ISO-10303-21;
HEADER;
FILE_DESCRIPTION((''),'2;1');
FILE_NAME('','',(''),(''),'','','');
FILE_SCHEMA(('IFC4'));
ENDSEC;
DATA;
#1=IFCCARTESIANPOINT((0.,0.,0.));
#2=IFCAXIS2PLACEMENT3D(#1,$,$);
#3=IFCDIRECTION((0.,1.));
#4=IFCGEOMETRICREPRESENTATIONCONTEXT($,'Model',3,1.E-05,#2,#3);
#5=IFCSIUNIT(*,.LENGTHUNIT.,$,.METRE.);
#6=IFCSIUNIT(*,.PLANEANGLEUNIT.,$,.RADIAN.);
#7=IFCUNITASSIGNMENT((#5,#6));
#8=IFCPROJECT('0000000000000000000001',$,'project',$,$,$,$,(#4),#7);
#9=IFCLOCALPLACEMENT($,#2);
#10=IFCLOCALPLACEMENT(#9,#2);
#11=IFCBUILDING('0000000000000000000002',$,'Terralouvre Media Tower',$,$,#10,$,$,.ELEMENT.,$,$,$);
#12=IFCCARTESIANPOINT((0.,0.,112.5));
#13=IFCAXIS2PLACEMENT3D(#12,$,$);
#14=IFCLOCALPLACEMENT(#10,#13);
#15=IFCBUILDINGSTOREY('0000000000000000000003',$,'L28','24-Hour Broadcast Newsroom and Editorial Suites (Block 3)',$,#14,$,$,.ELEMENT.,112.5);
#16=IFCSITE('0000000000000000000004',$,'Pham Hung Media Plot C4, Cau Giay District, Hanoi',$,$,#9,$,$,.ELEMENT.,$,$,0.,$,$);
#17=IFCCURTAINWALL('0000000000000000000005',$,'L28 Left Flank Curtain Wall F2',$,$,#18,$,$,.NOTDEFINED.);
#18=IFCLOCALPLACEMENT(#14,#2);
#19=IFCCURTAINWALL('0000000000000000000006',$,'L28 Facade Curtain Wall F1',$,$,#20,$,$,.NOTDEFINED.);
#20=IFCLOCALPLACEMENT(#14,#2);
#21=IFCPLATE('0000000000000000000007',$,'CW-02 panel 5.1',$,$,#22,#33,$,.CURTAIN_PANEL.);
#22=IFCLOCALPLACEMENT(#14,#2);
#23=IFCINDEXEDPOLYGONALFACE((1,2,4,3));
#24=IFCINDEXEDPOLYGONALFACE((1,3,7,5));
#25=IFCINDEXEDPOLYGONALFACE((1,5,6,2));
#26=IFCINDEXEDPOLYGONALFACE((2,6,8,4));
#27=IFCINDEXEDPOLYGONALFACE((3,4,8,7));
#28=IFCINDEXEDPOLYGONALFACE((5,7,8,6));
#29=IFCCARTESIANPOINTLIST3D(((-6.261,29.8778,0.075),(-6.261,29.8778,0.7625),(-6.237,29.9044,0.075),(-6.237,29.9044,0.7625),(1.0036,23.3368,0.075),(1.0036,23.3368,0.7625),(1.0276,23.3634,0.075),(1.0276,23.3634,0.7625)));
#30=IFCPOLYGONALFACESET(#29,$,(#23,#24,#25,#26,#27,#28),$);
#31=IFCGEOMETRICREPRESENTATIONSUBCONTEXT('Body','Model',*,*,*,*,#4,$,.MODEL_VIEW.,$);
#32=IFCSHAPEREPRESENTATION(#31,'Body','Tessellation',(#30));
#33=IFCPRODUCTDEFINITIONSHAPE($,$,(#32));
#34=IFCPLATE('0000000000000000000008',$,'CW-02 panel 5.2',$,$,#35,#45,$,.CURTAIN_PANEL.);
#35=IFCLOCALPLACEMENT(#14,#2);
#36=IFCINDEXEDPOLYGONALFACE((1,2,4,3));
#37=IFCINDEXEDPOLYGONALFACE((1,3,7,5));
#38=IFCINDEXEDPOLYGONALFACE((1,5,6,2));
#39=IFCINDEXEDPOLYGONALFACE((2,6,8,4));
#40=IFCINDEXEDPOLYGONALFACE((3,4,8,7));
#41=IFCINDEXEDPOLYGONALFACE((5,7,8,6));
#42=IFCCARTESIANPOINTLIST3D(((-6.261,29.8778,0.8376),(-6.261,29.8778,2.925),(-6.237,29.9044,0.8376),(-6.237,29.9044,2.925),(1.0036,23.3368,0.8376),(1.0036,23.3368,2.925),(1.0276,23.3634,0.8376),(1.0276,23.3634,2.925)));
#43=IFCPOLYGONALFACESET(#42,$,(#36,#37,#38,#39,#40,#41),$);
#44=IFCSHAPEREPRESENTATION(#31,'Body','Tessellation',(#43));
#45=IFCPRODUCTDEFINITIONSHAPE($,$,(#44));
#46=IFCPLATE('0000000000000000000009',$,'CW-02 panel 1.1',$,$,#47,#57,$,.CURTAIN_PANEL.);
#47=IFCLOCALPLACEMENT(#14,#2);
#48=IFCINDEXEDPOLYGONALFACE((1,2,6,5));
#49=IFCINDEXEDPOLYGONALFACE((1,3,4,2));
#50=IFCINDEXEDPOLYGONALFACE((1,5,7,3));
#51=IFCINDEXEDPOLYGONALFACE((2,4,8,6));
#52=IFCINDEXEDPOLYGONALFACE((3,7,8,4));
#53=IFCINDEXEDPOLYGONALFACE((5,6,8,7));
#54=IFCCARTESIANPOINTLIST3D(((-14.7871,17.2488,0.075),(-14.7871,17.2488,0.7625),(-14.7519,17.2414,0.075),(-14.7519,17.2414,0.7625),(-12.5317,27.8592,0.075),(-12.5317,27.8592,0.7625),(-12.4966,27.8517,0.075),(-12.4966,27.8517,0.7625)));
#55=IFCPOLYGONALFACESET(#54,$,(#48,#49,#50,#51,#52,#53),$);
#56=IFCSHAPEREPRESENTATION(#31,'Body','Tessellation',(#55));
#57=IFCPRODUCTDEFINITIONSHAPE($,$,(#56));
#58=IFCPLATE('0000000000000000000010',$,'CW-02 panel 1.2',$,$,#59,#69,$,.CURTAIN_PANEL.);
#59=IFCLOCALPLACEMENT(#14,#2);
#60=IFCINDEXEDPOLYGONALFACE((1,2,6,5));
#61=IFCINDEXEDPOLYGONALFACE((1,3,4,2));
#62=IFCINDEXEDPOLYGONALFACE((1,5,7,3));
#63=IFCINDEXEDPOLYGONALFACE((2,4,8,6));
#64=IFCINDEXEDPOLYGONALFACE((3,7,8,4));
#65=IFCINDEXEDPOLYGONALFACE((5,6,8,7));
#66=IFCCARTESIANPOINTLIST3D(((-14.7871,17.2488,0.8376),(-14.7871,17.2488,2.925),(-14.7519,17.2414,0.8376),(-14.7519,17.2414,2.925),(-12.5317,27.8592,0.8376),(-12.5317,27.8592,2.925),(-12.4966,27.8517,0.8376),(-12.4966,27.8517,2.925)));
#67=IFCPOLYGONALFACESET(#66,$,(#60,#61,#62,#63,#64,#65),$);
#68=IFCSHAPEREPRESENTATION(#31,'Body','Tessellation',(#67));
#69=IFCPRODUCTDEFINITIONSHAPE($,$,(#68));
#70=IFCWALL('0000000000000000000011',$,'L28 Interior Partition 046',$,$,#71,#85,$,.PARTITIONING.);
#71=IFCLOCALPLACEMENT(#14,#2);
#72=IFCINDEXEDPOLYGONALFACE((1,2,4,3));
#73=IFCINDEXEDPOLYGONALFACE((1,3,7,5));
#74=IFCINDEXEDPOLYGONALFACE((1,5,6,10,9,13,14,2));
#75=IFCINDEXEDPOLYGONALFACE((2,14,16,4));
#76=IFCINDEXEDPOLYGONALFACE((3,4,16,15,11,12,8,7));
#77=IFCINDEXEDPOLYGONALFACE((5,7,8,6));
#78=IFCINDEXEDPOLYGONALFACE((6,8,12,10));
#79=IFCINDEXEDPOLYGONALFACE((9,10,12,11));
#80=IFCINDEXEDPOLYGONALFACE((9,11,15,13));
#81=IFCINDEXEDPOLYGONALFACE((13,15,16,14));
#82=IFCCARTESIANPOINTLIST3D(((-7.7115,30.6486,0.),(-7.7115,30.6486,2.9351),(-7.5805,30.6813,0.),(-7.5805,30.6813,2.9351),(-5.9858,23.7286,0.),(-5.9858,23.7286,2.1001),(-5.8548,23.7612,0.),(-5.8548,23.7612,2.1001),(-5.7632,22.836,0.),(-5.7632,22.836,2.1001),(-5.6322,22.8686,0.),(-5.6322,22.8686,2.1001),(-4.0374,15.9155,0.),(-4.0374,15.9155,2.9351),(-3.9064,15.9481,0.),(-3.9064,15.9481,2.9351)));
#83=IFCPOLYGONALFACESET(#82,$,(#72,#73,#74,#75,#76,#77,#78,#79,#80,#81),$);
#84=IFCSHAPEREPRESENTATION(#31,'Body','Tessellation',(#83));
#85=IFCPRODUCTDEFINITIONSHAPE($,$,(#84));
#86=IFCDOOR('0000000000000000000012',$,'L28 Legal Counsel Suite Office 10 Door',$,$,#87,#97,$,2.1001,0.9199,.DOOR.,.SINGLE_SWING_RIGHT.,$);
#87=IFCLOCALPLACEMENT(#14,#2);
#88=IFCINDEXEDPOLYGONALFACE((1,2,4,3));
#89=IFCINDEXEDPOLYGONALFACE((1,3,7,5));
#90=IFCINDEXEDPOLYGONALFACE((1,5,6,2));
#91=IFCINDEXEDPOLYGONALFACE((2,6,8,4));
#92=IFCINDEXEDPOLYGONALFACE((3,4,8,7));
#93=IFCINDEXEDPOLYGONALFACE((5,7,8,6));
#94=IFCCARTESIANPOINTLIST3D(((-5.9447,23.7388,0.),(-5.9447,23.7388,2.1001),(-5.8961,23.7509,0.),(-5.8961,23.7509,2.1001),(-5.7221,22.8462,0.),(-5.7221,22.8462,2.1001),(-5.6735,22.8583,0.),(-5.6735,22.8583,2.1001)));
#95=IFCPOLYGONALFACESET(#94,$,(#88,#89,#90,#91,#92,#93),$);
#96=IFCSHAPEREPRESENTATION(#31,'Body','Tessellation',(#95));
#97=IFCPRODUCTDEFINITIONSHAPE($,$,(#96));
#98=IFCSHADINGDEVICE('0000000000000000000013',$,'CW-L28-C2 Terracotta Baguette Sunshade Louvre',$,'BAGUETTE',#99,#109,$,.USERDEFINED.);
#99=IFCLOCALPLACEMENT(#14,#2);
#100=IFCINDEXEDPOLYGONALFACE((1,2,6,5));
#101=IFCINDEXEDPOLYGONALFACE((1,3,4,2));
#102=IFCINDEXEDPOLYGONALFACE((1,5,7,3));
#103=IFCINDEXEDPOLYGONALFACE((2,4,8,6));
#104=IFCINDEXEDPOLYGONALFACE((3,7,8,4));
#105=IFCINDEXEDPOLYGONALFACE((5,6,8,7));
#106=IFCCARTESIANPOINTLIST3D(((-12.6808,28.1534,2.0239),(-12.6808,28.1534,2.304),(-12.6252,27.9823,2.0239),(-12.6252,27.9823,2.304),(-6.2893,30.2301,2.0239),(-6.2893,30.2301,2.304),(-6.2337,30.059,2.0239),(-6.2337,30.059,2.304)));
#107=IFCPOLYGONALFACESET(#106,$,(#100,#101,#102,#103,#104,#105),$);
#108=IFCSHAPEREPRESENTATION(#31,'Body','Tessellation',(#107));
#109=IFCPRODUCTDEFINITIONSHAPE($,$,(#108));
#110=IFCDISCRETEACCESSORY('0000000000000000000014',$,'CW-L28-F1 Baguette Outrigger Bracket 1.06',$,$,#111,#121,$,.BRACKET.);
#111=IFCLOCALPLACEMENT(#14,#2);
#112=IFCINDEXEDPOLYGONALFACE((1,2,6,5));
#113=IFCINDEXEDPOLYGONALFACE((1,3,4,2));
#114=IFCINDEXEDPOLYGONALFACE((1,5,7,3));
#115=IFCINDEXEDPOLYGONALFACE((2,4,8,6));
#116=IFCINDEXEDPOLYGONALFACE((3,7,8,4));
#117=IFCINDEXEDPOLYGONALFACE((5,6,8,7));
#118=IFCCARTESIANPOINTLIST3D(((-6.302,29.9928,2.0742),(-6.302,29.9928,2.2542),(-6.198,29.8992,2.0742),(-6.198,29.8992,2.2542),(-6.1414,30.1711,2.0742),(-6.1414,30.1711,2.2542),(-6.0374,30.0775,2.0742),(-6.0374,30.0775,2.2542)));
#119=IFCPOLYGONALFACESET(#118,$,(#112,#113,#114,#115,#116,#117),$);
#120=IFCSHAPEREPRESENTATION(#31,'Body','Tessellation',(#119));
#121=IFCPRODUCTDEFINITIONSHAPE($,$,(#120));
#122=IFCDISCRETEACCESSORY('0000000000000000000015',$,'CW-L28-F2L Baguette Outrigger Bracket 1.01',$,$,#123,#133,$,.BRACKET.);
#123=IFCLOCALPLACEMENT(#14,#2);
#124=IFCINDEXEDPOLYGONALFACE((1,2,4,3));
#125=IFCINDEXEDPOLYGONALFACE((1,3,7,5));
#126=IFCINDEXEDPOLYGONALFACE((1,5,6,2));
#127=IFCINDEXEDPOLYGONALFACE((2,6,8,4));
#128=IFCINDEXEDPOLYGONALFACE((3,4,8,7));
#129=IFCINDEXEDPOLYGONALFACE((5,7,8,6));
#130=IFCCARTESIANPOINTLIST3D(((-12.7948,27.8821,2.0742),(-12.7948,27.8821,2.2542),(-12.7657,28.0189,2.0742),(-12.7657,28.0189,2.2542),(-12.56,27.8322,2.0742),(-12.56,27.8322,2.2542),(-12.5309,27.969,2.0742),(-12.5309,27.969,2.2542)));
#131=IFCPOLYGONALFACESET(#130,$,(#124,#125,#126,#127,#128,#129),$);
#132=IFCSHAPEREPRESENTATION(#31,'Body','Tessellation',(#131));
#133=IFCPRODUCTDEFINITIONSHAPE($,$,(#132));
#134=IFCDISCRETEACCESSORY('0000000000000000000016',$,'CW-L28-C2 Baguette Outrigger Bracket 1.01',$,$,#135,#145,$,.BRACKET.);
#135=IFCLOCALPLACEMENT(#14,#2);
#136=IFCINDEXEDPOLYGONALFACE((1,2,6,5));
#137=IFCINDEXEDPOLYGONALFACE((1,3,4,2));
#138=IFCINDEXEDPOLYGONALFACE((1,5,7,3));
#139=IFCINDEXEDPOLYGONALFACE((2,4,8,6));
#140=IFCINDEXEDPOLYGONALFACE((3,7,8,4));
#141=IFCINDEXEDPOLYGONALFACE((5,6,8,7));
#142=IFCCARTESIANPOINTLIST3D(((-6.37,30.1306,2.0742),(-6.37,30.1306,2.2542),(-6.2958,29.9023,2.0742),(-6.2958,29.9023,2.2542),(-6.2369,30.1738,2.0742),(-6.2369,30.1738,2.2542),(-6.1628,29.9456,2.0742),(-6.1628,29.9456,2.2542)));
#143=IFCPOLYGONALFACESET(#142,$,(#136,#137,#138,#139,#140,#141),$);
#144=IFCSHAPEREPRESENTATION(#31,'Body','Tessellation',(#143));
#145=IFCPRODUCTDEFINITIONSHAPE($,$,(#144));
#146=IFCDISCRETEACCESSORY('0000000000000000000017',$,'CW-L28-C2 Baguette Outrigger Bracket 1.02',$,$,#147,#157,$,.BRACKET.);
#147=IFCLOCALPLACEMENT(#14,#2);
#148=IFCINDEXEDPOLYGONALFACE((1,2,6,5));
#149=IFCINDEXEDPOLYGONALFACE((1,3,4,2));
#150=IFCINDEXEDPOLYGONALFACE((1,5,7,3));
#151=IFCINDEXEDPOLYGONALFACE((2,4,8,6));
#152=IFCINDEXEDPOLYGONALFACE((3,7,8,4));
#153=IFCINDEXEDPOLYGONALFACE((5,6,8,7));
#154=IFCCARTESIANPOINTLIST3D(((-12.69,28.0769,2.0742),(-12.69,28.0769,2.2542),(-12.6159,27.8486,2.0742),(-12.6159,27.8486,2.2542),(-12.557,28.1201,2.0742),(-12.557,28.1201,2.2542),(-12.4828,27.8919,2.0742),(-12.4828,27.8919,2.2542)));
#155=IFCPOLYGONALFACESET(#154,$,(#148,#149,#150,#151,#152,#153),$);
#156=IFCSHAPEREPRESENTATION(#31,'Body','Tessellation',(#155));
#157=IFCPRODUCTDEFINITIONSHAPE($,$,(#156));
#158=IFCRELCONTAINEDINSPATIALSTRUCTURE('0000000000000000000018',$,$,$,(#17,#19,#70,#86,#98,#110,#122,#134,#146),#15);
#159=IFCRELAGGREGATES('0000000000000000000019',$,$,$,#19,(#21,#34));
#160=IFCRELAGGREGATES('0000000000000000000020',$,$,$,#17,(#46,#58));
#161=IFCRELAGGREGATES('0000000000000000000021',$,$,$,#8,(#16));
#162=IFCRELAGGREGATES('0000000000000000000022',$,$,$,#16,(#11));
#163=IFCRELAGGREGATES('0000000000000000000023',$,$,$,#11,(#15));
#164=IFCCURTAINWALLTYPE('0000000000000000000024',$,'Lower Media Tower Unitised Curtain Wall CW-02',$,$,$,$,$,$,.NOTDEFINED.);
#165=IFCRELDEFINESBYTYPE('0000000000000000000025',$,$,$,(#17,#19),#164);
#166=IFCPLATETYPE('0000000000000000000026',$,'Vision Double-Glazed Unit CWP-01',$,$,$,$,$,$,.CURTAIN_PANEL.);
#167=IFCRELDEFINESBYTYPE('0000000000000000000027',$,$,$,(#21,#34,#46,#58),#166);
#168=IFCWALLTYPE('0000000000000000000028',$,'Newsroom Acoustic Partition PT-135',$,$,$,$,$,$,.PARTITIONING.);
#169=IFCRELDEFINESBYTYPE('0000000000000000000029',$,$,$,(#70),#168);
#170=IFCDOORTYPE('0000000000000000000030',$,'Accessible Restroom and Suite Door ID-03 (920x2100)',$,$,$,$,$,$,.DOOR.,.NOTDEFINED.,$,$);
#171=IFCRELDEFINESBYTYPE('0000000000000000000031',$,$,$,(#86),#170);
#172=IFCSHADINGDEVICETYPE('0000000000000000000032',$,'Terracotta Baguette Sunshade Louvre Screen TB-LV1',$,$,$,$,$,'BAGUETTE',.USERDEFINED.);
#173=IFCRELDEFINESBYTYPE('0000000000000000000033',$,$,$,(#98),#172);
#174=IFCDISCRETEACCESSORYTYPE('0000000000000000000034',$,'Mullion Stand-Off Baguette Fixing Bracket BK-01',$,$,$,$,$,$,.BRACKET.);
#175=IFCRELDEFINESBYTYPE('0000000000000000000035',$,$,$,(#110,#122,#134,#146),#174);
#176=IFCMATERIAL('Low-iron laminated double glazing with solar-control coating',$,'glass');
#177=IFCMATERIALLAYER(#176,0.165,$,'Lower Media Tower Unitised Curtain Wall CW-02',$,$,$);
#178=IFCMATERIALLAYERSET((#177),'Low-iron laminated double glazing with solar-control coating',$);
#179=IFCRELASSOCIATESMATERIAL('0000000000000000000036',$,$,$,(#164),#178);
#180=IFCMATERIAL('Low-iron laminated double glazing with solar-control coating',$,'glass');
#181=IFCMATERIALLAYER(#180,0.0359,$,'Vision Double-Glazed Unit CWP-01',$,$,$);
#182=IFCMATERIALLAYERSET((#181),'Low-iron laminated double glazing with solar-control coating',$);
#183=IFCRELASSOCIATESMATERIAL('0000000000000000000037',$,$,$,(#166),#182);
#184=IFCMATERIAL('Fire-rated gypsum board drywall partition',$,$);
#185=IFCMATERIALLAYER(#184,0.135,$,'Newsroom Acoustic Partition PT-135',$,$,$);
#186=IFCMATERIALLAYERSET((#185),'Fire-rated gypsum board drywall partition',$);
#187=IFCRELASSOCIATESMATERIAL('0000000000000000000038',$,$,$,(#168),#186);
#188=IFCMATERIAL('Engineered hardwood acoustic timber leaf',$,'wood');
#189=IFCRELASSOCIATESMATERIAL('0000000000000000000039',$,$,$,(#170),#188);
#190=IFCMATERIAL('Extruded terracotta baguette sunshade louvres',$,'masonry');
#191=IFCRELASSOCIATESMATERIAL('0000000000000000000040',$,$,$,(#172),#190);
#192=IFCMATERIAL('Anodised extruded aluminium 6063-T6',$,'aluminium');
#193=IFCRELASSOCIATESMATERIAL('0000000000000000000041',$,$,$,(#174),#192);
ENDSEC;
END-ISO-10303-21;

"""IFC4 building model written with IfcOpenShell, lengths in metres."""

from ifc_helpers import new_model, si_unit, direction, frame, frame_2d, origin, origin_2d, place, context, subcontext, project, spatial, rectangle, extrude, material, layer, layer_set, type_object, element, fill, aggregate, save


model = new_model("IFC4")

# Units and contexts
model_context = context("Model", 3, precision=1e-05, world=origin(), true_north=direction((0.0, 1.0)))
body_context = subcontext(model_context, "Body", "Model", "MODEL_VIEW")
ifc_project = project(units=[si_unit("LENGTHUNIT", "METRE"), si_unit("PLANEANGLEUNIT", "RADIAN")], contexts=[model_context])

# Site, building, storey
site_placement = place(None, origin())
site = spatial("IfcSite", under=ifc_project, at=site_placement, Name="Pham Hung Media Plot C4, Cau Giay District, Hanoi", CompositionType="ELEMENT", RefElevation=0.0)
building_placement = place(site_placement, origin())
building = spatial("IfcBuilding", under=site, at=building_placement, Name="Terralouvre Media Tower", CompositionType="ELEMENT")
storey_placement = place(building_placement, frame((0.0, 0.0, 112.5)))
storey = spatial("IfcBuildingStorey", under=building, at=storey_placement, Name="L28", Description="24-Hour Broadcast Newsroom and Editorial Suites (Block 3)", CompositionType="ELEMENT", Elevation=112.5)

# Curtain wall
ifc_material_1 = material(Name="Low-iron laminated double glazing with solar-control coating", Category="glass")
ifc_layer_1 = layer(ifc_material_1, 0.165, Name="Lower Media Tower Unitised Curtain Wall CW-02")
ifc_layer_set_1 = layer_set([ifc_layer_1], Name="Low-iron laminated double glazing with solar-control coating")
curtain_wall_type_1 = type_object("IfcCurtainWallType", Name="Lower Media Tower Unitised Curtain Wall CW-02", PredefinedType="NOTDEFINED", material=ifc_layer_set_1)
curtain_wall_1_placement = place(storey_placement, origin())
curtain_wall_1 = element("IfcCurtainWall", 1, at=curtain_wall_1_placement, inside=storey, type_object=curtain_wall_type_1, Name="L28 Left Flank Curtain Wall F2", PredefinedType="NOTDEFINED")

# Curtain wall
curtain_wall_2_placement = place(storey_placement, origin())
curtain_wall_2 = element("IfcCurtainWall", 2, at=curtain_wall_2_placement, inside=storey, type_object=curtain_wall_type_1, Name="L28 Facade Curtain Wall F1", PredefinedType="NOTDEFINED")

# Plates
ifc_material_2 = material(Name="Low-iron laminated double glazing with solar-control coating", Category="glass")
ifc_layer_2 = layer(ifc_material_2, 0.0359, Name="Vision Double-Glazed Unit CWP-01")
ifc_layer_set_2 = layer_set([ifc_layer_2], Name="Low-iron laminated double glazing with solar-control coating")
plate_type_1 = type_object("IfcPlateType", Name="Vision Double-Glazed Unit CWP-01", PredefinedType="CURTAIN_PANEL", material=ifc_layer_set_2)
plate_1_placement = place(storey_placement, frame((-2.6167, 26.6206, 0.075), z_axis=(0.0, 0.0, 1.0), x_axis=(-0.743145, 0.669131, 0.0)))
plate_1 = element("IfcPlate", 3, at=plate_1_placement, type_object=plate_type_1, Name="CW-02 panel 5.1", PredefinedType="CURTAIN_PANEL", context=body_context, shape_type="SweptSolid", body=[
    extrude(rectangle(XDim=9.7754, YDim=0.0359, at=origin_2d()), origin(), (0.0, 0.0, 1.0), 0.6875),
])
plate_2_placement = place(storey_placement, frame((-2.6167, 26.6206, 0.8376), z_axis=(0.0, 0.0, 1.0), x_axis=(-0.743145, 0.669131, 0.0)))
plate_2 = element("IfcPlate", 4, at=plate_2_placement, type_object=plate_type_1, Name="CW-02 panel 5.2", PredefinedType="CURTAIN_PANEL", context=body_context, shape_type="SweptSolid", body=[
    extrude(rectangle(XDim=9.7754, YDim=0.0359, at=origin_2d()), origin(), (0.0, 0.0, 1.0), 2.0874),
])
aggregate(curtain_wall_2, [plate_1, plate_2])
plate_3_placement = place(storey_placement, frame((-13.6418, 22.5503, 0.075), z_axis=(0.0, 0.0, 1.0), x_axis=(-0.207912, -0.978148, 0.0)))
plate_3 = element("IfcPlate", 5, at=plate_3_placement, type_object=plate_type_1, Name="CW-02 panel 1.1", PredefinedType="CURTAIN_PANEL", context=body_context, shape_type="SweptSolid", body=[
    extrude(rectangle(XDim=10.8474, YDim=0.0359, at=origin_2d()), origin(), (0.0, 0.0, 1.0), 0.6875),
])
plate_4_placement = place(storey_placement, frame((-13.6418, 22.5503, 0.8376), z_axis=(0.0, 0.0, 1.0), x_axis=(-0.207912, -0.978148, 0.0)))
plate_4 = element("IfcPlate", 6, at=plate_4_placement, type_object=plate_type_1, Name="CW-02 panel 1.2", PredefinedType="CURTAIN_PANEL", context=body_context, shape_type="SweptSolid", body=[
    extrude(rectangle(XDim=10.8474, YDim=0.0359, at=origin_2d()), origin(), (0.0, 0.0, 1.0), 2.0874),
])
aggregate(curtain_wall_1, [plate_3, plate_4])

# Wall, opening, door
ifc_material_3 = material(Name="Fire-rated gypsum board drywall partition")
ifc_layer_3 = layer(ifc_material_3, 0.135, Name="Newsroom Acoustic Partition PT-135")
ifc_layer_set_3 = layer_set([ifc_layer_3], Name="Fire-rated gypsum board drywall partition")
wall_type = type_object("IfcWallType", Name="Newsroom Acoustic Partition PT-135", PredefinedType="PARTITIONING", material=ifc_layer_set_3)
wall_placement = place(storey_placement, frame((-7.646, 30.665, 0.0), z_axis=(0.0, 0.0, 1.0), x_axis=(0.241964, -0.970285, 0.0)))
wall = element("IfcWall", 7, at=wall_placement, inside=storey, type_object=wall_type, Name="L28 Interior Partition 046", PredefinedType="PARTITIONING", context=body_context, shape_type="SweptSolid", body=[
    extrude(rectangle(XDim=15.1843, YDim=0.135, at=frame_2d((7.5923, 0.0))), origin(), (0.0, 0.0, 1.0), 2.9351),
])
opening_placement = place(wall_placement, frame((7.1321, 0.0, 0.0)))
opening = element("IfcOpeningElement", 8, at=opening_placement, cuts=wall, PredefinedType="OPENING", context=body_context, shape_type="SweptSolid", body=[
    extrude(rectangle(XDim=0.9199, YDim=2.1001, at=frame_2d((0.46, 1.05))), frame((0.0, 0.0774, 0.0), z_axis=(0.0, -1.0, 0.0), x_axis=(1.0, 0.0, 0.0)), (0.0, 0.0, 1.0), 0.155),
])
ifc_material_4 = material(Name="Engineered hardwood acoustic timber leaf", Category="wood")
door_type = type_object("IfcDoorType", Name="Accessible Restroom and Suite Door ID-03 (920x2100)", OperationType="NOTDEFINED", PredefinedType="DOOR", material=ifc_material_4)
door_placement = place(opening_placement, origin())
door = element("IfcDoor", 9, at=door_placement, inside=storey, type_object=door_type, Name="L28 Legal Counsel Suite Office 10 Door", OperationType="SINGLE_SWING_RIGHT", OverallHeight=2.1001, OverallWidth=0.9199, PredefinedType="DOOR", context=body_context, shape_type="SweptSolid", body=[
    extrude(rectangle(XDim=0.9199, YDim=2.1001, at=frame_2d((0.46, 1.05))), frame((0.0, 0.0249, 0.0), z_axis=(0.0, -1.0, 0.0), x_axis=(1.0, 0.0, 0.0)), (0.0, 0.0, 1.0), 0.05),
])
fill(opening, door)

# Shading device
ifc_material_5 = material(Name="Extruded terracotta baguette sunshade louvres", Category="masonry")
shading_device_type = type_object("IfcShadingDeviceType", Name="Terracotta Baguette Sunshade Louvre Screen TB-LV1", ElementType="BAGUETTE", PredefinedType="USERDEFINED", material=ifc_material_5)
shading_device_placement = place(storey_placement, frame((-9.4573, 29.1062, 2.0239), z_axis=(0.0, 0.0, 1.0), x_axis=(-0.951056, -0.309018, 0.0)))
element("IfcShadingDevice", 10, at=shading_device_placement, inside=storey, type_object=shading_device_type, Name="CW-L28-C2 Terracotta Baguette Sunshade Louvre", ObjectType="BAGUETTE", PredefinedType="USERDEFINED", context=body_context, shape_type="SweptSolid", body=[
    extrude(rectangle(XDim=6.7205, YDim=0.1799, at=origin_2d()), origin(), (0.0, 0.0, 1.0), 0.28),
])

# Discrete accessories
ifc_material_6 = material(Name="Anodised extruded aluminium 6063-T6", Category="aluminium")
discrete_accessory_type = type_object("IfcDiscreteAccessoryType", Name="Mullion Stand-Off Baguette Fixing Bracket BK-01", PredefinedType="BRACKET", material=ifc_material_6)
for number, where, z_axis, x_axis, name in (
    (11, (-6.1697, 30.0352, 2.0742), (0.0, 0.0, 1.0), (-0.743145, 0.669131, 0.0), "CW-L28-F1 Baguette Outrigger Bracket 1.06"),
    (12, (-12.6628, 27.9255, 2.0742), (0.0, 0.0, 1.0), (-0.207912, -0.978148, 0.0), "CW-L28-F2L Baguette Outrigger Bracket 1.01"),
    (13, (-6.2664, 30.0381, 2.0742), (0.0, 0.0, 1.0), (-0.951056, -0.309018, 0.0), "CW-L28-C2 Baguette Outrigger Bracket 1.01"),
    (14, (-12.5864, 27.9844, 2.0742), (0.0, 0.0, 1.0), (-0.951056, -0.309018, 0.0), "CW-L28-C2 Baguette Outrigger Bracket 1.02"),
):
    element("IfcDiscreteAccessory", number, at=place(storey_placement, frame(where, z_axis=z_axis, x_axis=x_axis)), inside=storey, type_object=discrete_accessory_type, Name=name, PredefinedType="BRACKET", context=body_context, shape_type="SweptSolid", body=[
        extrude(rectangle(XDim=0.1399, YDim=0.24, at=origin_2d()), origin(), (0.0, 0.0, 1.0), 0.1799),
    ])

save(model, "model.ifc")
